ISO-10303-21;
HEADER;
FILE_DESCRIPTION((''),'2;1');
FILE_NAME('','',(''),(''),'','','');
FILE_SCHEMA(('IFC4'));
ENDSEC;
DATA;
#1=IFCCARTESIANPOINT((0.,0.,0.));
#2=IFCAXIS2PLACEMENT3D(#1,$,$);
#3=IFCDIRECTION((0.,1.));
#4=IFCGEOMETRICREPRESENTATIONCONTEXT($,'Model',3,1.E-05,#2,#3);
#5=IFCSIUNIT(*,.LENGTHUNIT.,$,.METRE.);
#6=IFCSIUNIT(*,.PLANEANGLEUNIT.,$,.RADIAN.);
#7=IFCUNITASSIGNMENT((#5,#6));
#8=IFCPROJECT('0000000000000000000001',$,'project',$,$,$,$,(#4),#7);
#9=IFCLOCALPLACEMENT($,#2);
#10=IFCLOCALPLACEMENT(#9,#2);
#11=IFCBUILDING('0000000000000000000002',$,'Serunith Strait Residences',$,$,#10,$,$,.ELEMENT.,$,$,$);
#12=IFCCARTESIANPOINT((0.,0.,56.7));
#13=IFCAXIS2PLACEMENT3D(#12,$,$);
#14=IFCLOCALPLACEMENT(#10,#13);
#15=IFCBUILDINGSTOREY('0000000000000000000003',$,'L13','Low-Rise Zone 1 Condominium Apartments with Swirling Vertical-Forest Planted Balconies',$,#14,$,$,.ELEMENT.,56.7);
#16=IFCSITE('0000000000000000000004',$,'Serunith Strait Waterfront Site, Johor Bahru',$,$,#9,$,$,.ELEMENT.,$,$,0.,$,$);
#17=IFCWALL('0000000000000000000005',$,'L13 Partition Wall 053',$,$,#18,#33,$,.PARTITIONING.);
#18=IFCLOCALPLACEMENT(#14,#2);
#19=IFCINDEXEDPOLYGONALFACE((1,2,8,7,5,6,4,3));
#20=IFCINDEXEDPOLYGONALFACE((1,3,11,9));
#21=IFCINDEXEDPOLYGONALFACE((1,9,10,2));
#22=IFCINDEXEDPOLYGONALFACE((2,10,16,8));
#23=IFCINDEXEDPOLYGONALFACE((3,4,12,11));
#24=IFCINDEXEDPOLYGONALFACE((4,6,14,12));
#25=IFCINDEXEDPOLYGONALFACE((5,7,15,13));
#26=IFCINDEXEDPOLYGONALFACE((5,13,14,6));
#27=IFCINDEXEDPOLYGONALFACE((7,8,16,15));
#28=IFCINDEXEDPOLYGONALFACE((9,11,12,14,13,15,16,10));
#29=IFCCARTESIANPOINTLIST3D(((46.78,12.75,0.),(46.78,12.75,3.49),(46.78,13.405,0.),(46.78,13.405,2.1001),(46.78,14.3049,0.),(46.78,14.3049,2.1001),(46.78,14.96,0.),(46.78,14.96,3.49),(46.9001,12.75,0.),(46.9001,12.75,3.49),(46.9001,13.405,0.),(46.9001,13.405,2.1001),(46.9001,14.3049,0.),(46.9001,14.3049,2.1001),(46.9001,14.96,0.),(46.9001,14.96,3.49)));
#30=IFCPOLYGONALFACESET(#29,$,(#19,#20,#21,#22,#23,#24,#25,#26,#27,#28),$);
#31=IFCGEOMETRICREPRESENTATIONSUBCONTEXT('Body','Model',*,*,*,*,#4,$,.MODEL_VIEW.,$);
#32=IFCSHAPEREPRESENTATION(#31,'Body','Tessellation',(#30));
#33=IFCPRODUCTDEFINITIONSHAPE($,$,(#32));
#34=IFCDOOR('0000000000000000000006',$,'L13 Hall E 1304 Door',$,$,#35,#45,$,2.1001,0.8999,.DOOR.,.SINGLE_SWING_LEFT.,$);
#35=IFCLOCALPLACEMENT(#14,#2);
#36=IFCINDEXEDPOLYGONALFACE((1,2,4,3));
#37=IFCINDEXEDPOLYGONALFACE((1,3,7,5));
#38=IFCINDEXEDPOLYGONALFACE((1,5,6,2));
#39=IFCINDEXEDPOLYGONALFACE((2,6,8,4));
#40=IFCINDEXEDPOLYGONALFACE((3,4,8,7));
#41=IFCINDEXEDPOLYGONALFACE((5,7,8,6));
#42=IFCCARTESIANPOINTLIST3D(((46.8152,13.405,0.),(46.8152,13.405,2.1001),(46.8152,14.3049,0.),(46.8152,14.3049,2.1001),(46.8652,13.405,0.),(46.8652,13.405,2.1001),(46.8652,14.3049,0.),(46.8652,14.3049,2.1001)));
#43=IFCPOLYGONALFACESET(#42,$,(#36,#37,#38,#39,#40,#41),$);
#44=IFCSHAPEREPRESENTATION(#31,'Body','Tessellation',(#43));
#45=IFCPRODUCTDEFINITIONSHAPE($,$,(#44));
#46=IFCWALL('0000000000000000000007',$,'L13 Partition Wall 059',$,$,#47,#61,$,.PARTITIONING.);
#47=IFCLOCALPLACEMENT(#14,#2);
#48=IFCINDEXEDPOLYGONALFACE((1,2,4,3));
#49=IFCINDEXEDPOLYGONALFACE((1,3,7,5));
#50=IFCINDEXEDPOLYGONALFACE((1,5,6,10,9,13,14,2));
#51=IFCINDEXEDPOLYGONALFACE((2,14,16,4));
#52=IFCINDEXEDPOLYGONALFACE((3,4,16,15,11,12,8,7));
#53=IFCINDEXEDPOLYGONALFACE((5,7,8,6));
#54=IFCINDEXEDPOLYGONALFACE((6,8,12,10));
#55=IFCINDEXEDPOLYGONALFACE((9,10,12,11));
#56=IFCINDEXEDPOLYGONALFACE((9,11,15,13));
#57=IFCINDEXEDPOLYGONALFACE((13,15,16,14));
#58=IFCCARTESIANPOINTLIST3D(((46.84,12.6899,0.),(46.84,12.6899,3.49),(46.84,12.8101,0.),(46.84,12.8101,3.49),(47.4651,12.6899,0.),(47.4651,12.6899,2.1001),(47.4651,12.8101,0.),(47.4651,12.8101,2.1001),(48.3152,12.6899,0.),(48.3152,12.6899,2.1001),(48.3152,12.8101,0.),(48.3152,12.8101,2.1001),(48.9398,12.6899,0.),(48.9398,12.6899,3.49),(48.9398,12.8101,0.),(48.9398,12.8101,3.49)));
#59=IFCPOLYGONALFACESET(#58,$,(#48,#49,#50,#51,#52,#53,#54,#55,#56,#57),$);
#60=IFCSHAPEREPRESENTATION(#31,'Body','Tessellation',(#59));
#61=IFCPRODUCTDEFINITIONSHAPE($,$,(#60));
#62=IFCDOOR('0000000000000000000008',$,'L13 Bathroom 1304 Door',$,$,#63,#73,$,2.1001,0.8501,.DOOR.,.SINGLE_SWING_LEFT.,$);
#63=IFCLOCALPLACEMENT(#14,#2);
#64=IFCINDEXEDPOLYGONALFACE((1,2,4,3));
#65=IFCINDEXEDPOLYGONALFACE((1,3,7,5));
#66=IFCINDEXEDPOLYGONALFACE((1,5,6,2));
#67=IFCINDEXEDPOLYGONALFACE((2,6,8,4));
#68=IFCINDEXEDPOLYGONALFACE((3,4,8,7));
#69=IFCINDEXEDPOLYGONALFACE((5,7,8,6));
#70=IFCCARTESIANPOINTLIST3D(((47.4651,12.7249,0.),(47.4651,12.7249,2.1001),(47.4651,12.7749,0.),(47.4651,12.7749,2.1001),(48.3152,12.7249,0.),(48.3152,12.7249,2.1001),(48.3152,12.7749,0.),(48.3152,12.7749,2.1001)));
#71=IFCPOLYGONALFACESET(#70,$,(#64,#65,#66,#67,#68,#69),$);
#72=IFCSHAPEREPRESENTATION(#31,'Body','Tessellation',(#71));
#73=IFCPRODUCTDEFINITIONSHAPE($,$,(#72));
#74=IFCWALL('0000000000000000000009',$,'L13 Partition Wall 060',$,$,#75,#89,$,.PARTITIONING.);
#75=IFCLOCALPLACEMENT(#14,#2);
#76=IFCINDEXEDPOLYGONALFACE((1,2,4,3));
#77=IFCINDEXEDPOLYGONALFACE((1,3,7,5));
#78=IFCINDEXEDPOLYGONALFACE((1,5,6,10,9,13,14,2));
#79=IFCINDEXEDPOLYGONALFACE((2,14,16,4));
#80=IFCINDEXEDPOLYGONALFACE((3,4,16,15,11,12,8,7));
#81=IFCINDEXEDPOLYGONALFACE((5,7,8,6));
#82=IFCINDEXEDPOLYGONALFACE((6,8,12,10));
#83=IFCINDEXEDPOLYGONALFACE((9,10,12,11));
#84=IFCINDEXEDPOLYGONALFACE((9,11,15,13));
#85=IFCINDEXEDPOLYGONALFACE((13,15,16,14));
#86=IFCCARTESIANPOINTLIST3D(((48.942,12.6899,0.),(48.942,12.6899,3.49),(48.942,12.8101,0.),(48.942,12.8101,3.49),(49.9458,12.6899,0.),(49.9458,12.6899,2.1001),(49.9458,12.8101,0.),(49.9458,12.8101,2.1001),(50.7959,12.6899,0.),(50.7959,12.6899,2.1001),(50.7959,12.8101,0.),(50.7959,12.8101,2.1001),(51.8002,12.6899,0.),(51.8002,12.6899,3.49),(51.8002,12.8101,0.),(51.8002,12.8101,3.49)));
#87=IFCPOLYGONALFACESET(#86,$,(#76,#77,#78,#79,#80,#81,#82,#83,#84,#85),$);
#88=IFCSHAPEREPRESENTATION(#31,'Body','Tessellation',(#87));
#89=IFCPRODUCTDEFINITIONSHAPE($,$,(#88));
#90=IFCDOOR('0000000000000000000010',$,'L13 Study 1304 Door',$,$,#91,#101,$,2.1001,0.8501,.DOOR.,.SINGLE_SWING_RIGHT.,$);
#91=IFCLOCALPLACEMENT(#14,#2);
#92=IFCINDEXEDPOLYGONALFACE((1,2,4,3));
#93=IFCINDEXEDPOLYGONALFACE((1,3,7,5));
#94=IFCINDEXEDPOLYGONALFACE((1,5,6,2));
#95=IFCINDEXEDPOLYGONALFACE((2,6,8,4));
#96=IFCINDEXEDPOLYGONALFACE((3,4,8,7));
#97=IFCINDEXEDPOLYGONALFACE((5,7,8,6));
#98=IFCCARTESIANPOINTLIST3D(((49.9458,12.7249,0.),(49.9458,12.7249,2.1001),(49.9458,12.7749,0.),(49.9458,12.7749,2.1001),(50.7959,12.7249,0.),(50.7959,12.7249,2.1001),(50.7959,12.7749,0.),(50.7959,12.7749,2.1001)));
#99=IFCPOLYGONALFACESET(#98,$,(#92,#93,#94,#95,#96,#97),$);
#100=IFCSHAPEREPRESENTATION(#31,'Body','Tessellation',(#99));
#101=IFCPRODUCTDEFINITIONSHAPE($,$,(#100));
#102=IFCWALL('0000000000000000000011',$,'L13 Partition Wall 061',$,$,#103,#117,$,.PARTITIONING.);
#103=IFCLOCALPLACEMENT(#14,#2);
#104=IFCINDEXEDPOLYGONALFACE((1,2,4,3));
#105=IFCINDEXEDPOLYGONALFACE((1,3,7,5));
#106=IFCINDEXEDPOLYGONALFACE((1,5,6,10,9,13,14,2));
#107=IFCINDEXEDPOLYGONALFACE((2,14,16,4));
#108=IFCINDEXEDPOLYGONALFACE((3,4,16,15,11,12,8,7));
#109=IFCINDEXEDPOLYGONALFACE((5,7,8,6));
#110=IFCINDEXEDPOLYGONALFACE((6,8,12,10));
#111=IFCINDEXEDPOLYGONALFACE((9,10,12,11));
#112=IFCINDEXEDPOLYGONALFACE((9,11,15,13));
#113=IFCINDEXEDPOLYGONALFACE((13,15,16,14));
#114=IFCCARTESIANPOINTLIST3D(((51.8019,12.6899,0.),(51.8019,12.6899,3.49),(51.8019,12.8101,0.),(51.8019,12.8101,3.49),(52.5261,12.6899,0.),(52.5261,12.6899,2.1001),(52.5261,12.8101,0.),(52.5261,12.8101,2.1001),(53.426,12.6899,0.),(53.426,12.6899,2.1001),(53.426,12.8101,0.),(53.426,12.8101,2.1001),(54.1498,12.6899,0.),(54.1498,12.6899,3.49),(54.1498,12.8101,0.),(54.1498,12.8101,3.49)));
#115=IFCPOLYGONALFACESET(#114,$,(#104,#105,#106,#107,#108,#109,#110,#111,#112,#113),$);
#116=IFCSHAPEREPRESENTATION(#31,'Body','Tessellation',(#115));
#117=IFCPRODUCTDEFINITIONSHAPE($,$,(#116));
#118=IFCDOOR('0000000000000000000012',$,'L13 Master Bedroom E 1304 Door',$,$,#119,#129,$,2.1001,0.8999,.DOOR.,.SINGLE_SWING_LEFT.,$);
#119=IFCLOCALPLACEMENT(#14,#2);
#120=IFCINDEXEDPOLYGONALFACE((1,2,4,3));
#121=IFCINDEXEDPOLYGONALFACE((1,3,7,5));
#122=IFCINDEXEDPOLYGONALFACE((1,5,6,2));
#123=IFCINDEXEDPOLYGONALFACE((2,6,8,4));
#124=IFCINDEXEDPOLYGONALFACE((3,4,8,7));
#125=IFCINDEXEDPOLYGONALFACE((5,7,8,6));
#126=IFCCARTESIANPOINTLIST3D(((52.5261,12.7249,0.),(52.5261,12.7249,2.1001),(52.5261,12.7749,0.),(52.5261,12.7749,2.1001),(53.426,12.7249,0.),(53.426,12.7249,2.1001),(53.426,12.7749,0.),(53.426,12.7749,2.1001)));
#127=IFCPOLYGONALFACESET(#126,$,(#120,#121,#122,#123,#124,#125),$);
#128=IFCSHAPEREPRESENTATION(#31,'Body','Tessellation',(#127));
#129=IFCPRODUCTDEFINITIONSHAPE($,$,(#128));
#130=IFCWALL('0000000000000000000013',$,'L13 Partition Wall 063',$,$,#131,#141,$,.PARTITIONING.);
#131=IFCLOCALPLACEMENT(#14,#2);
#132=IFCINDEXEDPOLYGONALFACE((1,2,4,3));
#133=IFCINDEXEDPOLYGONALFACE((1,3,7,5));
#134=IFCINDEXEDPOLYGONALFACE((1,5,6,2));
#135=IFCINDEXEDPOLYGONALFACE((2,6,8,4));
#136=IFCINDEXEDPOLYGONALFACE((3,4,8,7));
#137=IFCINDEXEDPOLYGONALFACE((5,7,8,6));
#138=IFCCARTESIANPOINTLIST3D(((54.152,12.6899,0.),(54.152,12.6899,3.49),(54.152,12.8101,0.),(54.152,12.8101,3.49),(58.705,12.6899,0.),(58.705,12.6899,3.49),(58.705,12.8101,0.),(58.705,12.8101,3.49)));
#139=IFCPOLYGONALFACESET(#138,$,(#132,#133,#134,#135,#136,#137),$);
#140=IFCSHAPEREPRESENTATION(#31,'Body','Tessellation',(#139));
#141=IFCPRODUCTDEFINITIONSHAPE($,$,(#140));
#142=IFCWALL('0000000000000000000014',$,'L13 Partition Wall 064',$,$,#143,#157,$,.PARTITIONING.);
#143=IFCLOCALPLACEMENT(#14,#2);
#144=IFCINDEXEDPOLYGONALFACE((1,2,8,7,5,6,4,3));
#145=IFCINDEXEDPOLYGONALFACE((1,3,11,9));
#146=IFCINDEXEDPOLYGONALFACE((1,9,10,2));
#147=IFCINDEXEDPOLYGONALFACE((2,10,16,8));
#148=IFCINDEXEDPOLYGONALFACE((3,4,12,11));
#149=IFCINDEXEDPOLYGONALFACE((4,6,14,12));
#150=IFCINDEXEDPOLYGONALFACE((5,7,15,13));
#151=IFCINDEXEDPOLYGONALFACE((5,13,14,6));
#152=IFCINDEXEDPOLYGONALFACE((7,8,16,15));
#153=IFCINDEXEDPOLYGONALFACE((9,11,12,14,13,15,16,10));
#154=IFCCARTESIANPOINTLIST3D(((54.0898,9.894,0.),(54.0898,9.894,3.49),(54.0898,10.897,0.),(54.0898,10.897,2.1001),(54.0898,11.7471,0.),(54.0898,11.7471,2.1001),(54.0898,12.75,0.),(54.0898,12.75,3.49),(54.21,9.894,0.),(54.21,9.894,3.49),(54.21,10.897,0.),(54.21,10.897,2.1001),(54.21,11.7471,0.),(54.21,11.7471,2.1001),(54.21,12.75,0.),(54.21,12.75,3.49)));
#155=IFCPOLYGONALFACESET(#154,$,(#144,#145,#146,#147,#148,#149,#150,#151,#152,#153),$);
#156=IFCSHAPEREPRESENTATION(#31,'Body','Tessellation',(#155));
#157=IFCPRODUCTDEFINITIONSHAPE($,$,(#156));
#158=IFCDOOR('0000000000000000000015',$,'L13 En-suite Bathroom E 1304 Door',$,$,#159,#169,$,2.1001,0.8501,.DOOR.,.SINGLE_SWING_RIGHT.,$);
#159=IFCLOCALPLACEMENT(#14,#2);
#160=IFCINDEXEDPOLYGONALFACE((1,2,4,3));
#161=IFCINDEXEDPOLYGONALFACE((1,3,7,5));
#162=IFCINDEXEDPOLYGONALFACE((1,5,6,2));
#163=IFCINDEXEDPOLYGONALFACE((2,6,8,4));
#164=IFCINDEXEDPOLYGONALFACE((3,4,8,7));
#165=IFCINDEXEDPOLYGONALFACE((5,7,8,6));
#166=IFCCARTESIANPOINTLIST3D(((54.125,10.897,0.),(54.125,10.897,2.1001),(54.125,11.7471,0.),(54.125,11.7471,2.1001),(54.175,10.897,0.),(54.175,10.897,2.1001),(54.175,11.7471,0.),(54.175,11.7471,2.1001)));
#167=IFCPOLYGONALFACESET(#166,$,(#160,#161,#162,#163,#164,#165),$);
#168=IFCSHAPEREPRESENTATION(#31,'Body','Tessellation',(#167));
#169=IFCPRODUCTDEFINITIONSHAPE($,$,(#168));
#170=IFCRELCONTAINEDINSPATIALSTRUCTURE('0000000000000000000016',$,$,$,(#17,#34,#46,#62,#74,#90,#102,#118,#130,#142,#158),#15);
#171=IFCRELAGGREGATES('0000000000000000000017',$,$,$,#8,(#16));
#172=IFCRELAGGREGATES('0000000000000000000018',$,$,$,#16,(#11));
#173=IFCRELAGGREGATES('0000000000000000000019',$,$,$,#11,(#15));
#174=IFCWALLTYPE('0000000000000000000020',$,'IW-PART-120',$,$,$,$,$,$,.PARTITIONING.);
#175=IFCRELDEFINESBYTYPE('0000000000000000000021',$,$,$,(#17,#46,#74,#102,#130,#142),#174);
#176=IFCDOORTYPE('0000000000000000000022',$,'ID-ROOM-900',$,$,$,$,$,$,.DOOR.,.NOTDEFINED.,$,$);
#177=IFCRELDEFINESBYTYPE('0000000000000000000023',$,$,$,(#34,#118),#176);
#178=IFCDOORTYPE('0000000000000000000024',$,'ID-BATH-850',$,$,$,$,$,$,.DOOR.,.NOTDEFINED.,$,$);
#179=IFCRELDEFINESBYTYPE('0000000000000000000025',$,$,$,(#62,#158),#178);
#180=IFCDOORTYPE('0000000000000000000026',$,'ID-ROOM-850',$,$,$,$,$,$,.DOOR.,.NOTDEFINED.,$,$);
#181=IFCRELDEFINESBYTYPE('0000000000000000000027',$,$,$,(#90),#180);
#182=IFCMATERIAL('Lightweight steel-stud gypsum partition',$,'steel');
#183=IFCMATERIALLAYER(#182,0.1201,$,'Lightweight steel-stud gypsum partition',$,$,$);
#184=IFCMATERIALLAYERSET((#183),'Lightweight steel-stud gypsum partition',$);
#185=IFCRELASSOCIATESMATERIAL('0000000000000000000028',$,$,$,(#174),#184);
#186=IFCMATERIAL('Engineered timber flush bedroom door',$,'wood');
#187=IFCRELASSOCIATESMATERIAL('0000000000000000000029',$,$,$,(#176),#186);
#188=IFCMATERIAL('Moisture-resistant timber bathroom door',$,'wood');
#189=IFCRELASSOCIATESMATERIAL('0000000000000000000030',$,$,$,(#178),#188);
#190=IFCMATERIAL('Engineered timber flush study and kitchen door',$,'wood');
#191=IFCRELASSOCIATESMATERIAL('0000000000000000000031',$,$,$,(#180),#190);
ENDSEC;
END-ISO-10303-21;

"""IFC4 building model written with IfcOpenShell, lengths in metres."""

from ifc_helpers import new_model, si_unit, direction, frame, frame_2d, origin, place, context, subcontext, project, spatial, rectangle, extrude, source, transform, mapped, material, layer, layer_set, type_object, element, fill, save


model = new_model("IFC4")

# Units and contexts
model_context = context("Model", 3, precision=1e-05, world=origin(), true_north=direction((0.0, 1.0)))
body_context = subcontext(model_context, "Body", "Model", "MODEL_VIEW")
ifc_project = project(units=[si_unit("LENGTHUNIT", "METRE"), si_unit("PLANEANGLEUNIT", "RADIAN")], contexts=[model_context])

# Site, building, storey
site_placement = place(None, origin())
site = spatial("IfcSite", under=ifc_project, at=site_placement, Name="Serunith Strait Waterfront Site, Johor Bahru", CompositionType="ELEMENT", RefElevation=0.0)
building_placement = place(site_placement, origin())
building = spatial("IfcBuilding", under=site, at=building_placement, Name="Serunith Strait Residences", CompositionType="ELEMENT")
storey_placement = place(building_placement, frame((0.0, 0.0, 56.7)))
storey = spatial("IfcBuildingStorey", under=building, at=storey_placement, Name="L13", Description="Low-Rise Zone 1 Condominium Apartments with Swirling Vertical-Forest Planted Balconies", CompositionType="ELEMENT", Elevation=56.7)

# Walls, openings, doors
ifc_material_1 = material(Name="Lightweight steel-stud gypsum partition", Category="steel")
ifc_layer_1 = layer(ifc_material_1, 0.1201, Name="Lightweight steel-stud gypsum partition")
ifc_layer_set_1 = layer_set([ifc_layer_1], Name="Lightweight steel-stud gypsum partition")
wall_type = type_object("IfcWallType", Name="IW-PART-120", PredefinedType="PARTITIONING", material=ifc_layer_set_1)
wall_1_placement = place(storey_placement, frame((46.8401, 12.75, 0.0), z_axis=(0.0, 0.0, 1.0), x_axis=(0.0, 1.0, 0.0)))
wall_1 = element("IfcWall", 1, at=wall_1_placement, inside=storey, type_object=wall_type, Name="L13 Partition Wall 053", PredefinedType="PARTITIONING", context=body_context, shape_type="SweptSolid", body=[
    extrude(rectangle(XDim=2.21, YDim=0.1201, at=frame_2d((1.105, 0.0))), origin(), (0.0, 0.0, 1.0), 3.49),
])
opening_1_placement = place(wall_1_placement, frame((0.655, 0.0, 0.0)))
opening_1 = element("IfcOpeningElement", 2, at=opening_1_placement, cuts=wall_1, PredefinedType="OPENING", context=body_context, shape_type="SweptSolid", body=[
    extrude(rectangle(XDim=0.8999, YDim=2.1001, at=frame_2d((0.45, 1.05))), frame((0.0, 0.0701, 0.0), z_axis=(0.0, -1.0, 0.0), x_axis=(1.0, 0.0, 0.0)), (0.0, 0.0, 1.0), 0.1401),
])
ifc_material_2 = material(Name="Engineered timber flush bedroom door", Category="wood")
door_type_1 = type_object("IfcDoorType", Name="ID-ROOM-900", OperationType="NOTDEFINED", PredefinedType="DOOR", material=ifc_material_2)
shared_shape_1 = source(origin(), body_context, "Body", "SweptSolid", [
    extrude(rectangle(XDim=0.8999, YDim=2.1001, at=frame_2d((0.45, 1.05))), frame((0.0, 0.0249, 0.0), z_axis=(0.0, -1.0, 0.0), x_axis=(1.0, 0.0, 0.0)), (0.0, 0.0, 1.0), 0.05),
])
door_1_placement = place(opening_1_placement, origin())
door_1 = element("IfcDoor", 3, at=door_1_placement, inside=storey, type_object=door_type_1, Name="L13 Hall E 1304 Door", OperationType="SINGLE_SWING_LEFT", OverallHeight=2.1001, OverallWidth=0.8999, PredefinedType="DOOR", context=body_context, shape_type="MappedRepresentation", body=[
    mapped(shared_shape_1, transform((0.0, 0.0, 0.0), scale=1.0)),
])
fill(opening_1, door_1)
wall_2_placement = place(storey_placement, frame((46.8401, 12.75, 0.0), z_axis=(0.0, 0.0, 1.0), x_axis=(1.0, 0.0, 0.0)))
wall_2 = element("IfcWall", 4, at=wall_2_placement, inside=storey, type_object=wall_type, Name="L13 Partition Wall 059", PredefinedType="PARTITIONING", context=body_context, shape_type="SweptSolid", body=[
    extrude(rectangle(XDim=2.0999, YDim=0.1201, at=frame_2d((1.0498, 0.0))), origin(), (0.0, 0.0, 1.0), 3.49),
])
opening_2_placement = place(wall_2_placement, frame((0.625, 0.0, 0.0)))
opening_2 = element("IfcOpeningElement", 5, at=opening_2_placement, cuts=wall_2, PredefinedType="OPENING", context=body_context, shape_type="SweptSolid", body=[
    extrude(rectangle(XDim=0.8501, YDim=2.1001, at=frame_2d((0.425, 1.05))), frame((0.0, 0.0701, 0.0), z_axis=(0.0, -1.0, 0.0), x_axis=(1.0, 0.0, 0.0)), (0.0, 0.0, 1.0), 0.1401),
])
ifc_material_3 = material(Name="Moisture-resistant timber bathroom door", Category="wood")
door_type_2 = type_object("IfcDoorType", Name="ID-BATH-850", OperationType="NOTDEFINED", PredefinedType="DOOR", material=ifc_material_3)
shared_shape_2 = source(origin(), body_context, "Body", "SweptSolid", [
    extrude(rectangle(XDim=0.8501, YDim=2.1001, at=frame_2d((0.425, 1.05))), frame((0.0, 0.0249, 0.0), z_axis=(0.0, -1.0, 0.0), x_axis=(1.0, 0.0, 0.0)), (0.0, 0.0, 1.0), 0.05),
])
door_2_placement = place(opening_2_placement, origin())
door_2 = element("IfcDoor", 6, at=door_2_placement, inside=storey, type_object=door_type_2, Name="L13 Bathroom 1304 Door", OperationType="SINGLE_SWING_LEFT", OverallHeight=2.1001, OverallWidth=0.8501, PredefinedType="DOOR", context=body_context, shape_type="MappedRepresentation", body=[
    mapped(shared_shape_2, transform((0.0, 0.0, 0.0), scale=1.0)),
])
fill(opening_2, door_2)
wall_3_placement = place(storey_placement, frame((48.9419, 12.75, 0.0), z_axis=(0.0, 0.0, 1.0), x_axis=(1.0, 0.0, 0.0)))
wall_3 = element("IfcWall", 7, at=wall_3_placement, inside=storey, type_object=wall_type, Name="L13 Partition Wall 060", PredefinedType="PARTITIONING", context=body_context, shape_type="SweptSolid", body=[
    extrude(rectangle(XDim=2.8582, YDim=0.1201, at=frame_2d((1.4292, 0.0))), origin(), (0.0, 0.0, 1.0), 3.49),
])
opening_3_placement = place(wall_3_placement, frame((1.0039, 0.0, 0.0)))
opening_3 = element("IfcOpeningElement", 8, at=opening_3_placement, cuts=wall_3, PredefinedType="OPENING", context=body_context, shape_type="SweptSolid", body=[
    extrude(rectangle(XDim=0.8501, YDim=2.1001, at=frame_2d((0.425, 1.05))), frame((0.0, 0.0701, 0.0), z_axis=(0.0, -1.0, 0.0), x_axis=(1.0, 0.0, 0.0)), (0.0, 0.0, 1.0), 0.1401),
])
ifc_material_4 = material(Name="Engineered timber flush study and kitchen door", Category="wood")
door_type_3 = type_object("IfcDoorType", Name="ID-ROOM-850", OperationType="NOTDEFINED", PredefinedType="DOOR", material=ifc_material_4)
door_3_placement = place(opening_3_placement, origin())
door_3 = element("IfcDoor", 9, at=door_3_placement, inside=storey, type_object=door_type_3, Name="L13 Study 1304 Door", OperationType="SINGLE_SWING_RIGHT", OverallHeight=2.1001, OverallWidth=0.8501, PredefinedType="DOOR", context=body_context, shape_type="MappedRepresentation", body=[
    mapped(shared_shape_2, transform((0.0, 0.0, 0.0), scale=1.0)),
])
fill(opening_3, door_3)
wall_4_placement = place(storey_placement, frame((51.802, 12.75, 0.0), z_axis=(0.0, 0.0, 1.0), x_axis=(1.0, 0.0, 0.0)))
wall_4 = element("IfcWall", 10, at=wall_4_placement, inside=storey, type_object=wall_type, Name="L13 Partition Wall 061", PredefinedType="PARTITIONING", context=body_context, shape_type="SweptSolid", body=[
    extrude(rectangle(XDim=2.3479, YDim=0.1201, at=frame_2d((1.1738, 0.0))), origin(), (0.0, 0.0, 1.0), 3.49),
])
opening_4_placement = place(wall_4_placement, frame((0.7241, 0.0, 0.0)))
opening_4 = element("IfcOpeningElement", 11, at=opening_4_placement, cuts=wall_4, PredefinedType="OPENING", context=body_context, shape_type="SweptSolid", body=[
    extrude(rectangle(XDim=0.8999, YDim=2.1001, at=frame_2d((0.45, 1.05))), frame((0.0, 0.0701, 0.0), z_axis=(0.0, -1.0, 0.0), x_axis=(1.0, 0.0, 0.0)), (0.0, 0.0, 1.0), 0.1401),
])
door_4_placement = place(opening_4_placement, origin())
door_4 = element("IfcDoor", 12, at=door_4_placement, inside=storey, type_object=door_type_1, Name="L13 Master Bedroom E 1304 Door", OperationType="SINGLE_SWING_LEFT", OverallHeight=2.1001, OverallWidth=0.8999, PredefinedType="DOOR", context=body_context, shape_type="MappedRepresentation", body=[
    mapped(shared_shape_1, transform((0.0, 0.0, 0.0), scale=1.0)),
])
fill(opening_4, door_4)

# Wall
wall_5_placement = place(storey_placement, frame((54.1521, 12.75, 0.0), z_axis=(0.0, 0.0, 1.0), x_axis=(1.0, 0.0, 0.0)))
element("IfcWall", 13, at=wall_5_placement, inside=storey, type_object=wall_type, Name="L13 Partition Wall 063", PredefinedType="PARTITIONING", context=body_context, shape_type="SweptSolid", body=[
    extrude(rectangle(XDim=4.553, YDim=0.1201, at=frame_2d((2.2764, 0.0))), origin(), (0.0, 0.0, 1.0), 3.49),
])

# Wall, opening, door
wall_6_placement = place(storey_placement, frame((54.1499, 9.894, 0.0), z_axis=(0.0, 0.0, 1.0), x_axis=(0.0, 1.0, 0.0)))
wall_6 = element("IfcWall", 14, at=wall_6_placement, inside=storey, type_object=wall_type, Name="L13 Partition Wall 064", PredefinedType="PARTITIONING", context=body_context, shape_type="SweptSolid", body=[
    extrude(rectangle(XDim=2.856, YDim=0.1201, at=frame_2d((1.428, 0.0))), origin(), (0.0, 0.0, 1.0), 3.49),
])
opening_5_placement = place(wall_6_placement, frame((1.0029, 0.0, 0.0)))
opening_5 = element("IfcOpeningElement", 15, at=opening_5_placement, cuts=wall_6, PredefinedType="OPENING", context=body_context, shape_type="SweptSolid", body=[
    extrude(rectangle(XDim=0.8501, YDim=2.1001, at=frame_2d((0.425, 1.05))), frame((0.0, 0.0701, 0.0), z_axis=(0.0, -1.0, 0.0), x_axis=(1.0, 0.0, 0.0)), (0.0, 0.0, 1.0), 0.1401),
])
door_5_placement = place(opening_5_placement, origin())
door_5 = element("IfcDoor", 16, at=door_5_placement, inside=storey, type_object=door_type_2, Name="L13 En-suite Bathroom E 1304 Door", OperationType="SINGLE_SWING_RIGHT", OverallHeight=2.1001, OverallWidth=0.8501, PredefinedType="DOOR", context=body_context, shape_type="MappedRepresentation", body=[
    mapped(shared_shape_2, transform((0.0, 0.0, 0.0), scale=1.0)),
])
fill(opening_5, door_5)

save(model, "model.ifc")
